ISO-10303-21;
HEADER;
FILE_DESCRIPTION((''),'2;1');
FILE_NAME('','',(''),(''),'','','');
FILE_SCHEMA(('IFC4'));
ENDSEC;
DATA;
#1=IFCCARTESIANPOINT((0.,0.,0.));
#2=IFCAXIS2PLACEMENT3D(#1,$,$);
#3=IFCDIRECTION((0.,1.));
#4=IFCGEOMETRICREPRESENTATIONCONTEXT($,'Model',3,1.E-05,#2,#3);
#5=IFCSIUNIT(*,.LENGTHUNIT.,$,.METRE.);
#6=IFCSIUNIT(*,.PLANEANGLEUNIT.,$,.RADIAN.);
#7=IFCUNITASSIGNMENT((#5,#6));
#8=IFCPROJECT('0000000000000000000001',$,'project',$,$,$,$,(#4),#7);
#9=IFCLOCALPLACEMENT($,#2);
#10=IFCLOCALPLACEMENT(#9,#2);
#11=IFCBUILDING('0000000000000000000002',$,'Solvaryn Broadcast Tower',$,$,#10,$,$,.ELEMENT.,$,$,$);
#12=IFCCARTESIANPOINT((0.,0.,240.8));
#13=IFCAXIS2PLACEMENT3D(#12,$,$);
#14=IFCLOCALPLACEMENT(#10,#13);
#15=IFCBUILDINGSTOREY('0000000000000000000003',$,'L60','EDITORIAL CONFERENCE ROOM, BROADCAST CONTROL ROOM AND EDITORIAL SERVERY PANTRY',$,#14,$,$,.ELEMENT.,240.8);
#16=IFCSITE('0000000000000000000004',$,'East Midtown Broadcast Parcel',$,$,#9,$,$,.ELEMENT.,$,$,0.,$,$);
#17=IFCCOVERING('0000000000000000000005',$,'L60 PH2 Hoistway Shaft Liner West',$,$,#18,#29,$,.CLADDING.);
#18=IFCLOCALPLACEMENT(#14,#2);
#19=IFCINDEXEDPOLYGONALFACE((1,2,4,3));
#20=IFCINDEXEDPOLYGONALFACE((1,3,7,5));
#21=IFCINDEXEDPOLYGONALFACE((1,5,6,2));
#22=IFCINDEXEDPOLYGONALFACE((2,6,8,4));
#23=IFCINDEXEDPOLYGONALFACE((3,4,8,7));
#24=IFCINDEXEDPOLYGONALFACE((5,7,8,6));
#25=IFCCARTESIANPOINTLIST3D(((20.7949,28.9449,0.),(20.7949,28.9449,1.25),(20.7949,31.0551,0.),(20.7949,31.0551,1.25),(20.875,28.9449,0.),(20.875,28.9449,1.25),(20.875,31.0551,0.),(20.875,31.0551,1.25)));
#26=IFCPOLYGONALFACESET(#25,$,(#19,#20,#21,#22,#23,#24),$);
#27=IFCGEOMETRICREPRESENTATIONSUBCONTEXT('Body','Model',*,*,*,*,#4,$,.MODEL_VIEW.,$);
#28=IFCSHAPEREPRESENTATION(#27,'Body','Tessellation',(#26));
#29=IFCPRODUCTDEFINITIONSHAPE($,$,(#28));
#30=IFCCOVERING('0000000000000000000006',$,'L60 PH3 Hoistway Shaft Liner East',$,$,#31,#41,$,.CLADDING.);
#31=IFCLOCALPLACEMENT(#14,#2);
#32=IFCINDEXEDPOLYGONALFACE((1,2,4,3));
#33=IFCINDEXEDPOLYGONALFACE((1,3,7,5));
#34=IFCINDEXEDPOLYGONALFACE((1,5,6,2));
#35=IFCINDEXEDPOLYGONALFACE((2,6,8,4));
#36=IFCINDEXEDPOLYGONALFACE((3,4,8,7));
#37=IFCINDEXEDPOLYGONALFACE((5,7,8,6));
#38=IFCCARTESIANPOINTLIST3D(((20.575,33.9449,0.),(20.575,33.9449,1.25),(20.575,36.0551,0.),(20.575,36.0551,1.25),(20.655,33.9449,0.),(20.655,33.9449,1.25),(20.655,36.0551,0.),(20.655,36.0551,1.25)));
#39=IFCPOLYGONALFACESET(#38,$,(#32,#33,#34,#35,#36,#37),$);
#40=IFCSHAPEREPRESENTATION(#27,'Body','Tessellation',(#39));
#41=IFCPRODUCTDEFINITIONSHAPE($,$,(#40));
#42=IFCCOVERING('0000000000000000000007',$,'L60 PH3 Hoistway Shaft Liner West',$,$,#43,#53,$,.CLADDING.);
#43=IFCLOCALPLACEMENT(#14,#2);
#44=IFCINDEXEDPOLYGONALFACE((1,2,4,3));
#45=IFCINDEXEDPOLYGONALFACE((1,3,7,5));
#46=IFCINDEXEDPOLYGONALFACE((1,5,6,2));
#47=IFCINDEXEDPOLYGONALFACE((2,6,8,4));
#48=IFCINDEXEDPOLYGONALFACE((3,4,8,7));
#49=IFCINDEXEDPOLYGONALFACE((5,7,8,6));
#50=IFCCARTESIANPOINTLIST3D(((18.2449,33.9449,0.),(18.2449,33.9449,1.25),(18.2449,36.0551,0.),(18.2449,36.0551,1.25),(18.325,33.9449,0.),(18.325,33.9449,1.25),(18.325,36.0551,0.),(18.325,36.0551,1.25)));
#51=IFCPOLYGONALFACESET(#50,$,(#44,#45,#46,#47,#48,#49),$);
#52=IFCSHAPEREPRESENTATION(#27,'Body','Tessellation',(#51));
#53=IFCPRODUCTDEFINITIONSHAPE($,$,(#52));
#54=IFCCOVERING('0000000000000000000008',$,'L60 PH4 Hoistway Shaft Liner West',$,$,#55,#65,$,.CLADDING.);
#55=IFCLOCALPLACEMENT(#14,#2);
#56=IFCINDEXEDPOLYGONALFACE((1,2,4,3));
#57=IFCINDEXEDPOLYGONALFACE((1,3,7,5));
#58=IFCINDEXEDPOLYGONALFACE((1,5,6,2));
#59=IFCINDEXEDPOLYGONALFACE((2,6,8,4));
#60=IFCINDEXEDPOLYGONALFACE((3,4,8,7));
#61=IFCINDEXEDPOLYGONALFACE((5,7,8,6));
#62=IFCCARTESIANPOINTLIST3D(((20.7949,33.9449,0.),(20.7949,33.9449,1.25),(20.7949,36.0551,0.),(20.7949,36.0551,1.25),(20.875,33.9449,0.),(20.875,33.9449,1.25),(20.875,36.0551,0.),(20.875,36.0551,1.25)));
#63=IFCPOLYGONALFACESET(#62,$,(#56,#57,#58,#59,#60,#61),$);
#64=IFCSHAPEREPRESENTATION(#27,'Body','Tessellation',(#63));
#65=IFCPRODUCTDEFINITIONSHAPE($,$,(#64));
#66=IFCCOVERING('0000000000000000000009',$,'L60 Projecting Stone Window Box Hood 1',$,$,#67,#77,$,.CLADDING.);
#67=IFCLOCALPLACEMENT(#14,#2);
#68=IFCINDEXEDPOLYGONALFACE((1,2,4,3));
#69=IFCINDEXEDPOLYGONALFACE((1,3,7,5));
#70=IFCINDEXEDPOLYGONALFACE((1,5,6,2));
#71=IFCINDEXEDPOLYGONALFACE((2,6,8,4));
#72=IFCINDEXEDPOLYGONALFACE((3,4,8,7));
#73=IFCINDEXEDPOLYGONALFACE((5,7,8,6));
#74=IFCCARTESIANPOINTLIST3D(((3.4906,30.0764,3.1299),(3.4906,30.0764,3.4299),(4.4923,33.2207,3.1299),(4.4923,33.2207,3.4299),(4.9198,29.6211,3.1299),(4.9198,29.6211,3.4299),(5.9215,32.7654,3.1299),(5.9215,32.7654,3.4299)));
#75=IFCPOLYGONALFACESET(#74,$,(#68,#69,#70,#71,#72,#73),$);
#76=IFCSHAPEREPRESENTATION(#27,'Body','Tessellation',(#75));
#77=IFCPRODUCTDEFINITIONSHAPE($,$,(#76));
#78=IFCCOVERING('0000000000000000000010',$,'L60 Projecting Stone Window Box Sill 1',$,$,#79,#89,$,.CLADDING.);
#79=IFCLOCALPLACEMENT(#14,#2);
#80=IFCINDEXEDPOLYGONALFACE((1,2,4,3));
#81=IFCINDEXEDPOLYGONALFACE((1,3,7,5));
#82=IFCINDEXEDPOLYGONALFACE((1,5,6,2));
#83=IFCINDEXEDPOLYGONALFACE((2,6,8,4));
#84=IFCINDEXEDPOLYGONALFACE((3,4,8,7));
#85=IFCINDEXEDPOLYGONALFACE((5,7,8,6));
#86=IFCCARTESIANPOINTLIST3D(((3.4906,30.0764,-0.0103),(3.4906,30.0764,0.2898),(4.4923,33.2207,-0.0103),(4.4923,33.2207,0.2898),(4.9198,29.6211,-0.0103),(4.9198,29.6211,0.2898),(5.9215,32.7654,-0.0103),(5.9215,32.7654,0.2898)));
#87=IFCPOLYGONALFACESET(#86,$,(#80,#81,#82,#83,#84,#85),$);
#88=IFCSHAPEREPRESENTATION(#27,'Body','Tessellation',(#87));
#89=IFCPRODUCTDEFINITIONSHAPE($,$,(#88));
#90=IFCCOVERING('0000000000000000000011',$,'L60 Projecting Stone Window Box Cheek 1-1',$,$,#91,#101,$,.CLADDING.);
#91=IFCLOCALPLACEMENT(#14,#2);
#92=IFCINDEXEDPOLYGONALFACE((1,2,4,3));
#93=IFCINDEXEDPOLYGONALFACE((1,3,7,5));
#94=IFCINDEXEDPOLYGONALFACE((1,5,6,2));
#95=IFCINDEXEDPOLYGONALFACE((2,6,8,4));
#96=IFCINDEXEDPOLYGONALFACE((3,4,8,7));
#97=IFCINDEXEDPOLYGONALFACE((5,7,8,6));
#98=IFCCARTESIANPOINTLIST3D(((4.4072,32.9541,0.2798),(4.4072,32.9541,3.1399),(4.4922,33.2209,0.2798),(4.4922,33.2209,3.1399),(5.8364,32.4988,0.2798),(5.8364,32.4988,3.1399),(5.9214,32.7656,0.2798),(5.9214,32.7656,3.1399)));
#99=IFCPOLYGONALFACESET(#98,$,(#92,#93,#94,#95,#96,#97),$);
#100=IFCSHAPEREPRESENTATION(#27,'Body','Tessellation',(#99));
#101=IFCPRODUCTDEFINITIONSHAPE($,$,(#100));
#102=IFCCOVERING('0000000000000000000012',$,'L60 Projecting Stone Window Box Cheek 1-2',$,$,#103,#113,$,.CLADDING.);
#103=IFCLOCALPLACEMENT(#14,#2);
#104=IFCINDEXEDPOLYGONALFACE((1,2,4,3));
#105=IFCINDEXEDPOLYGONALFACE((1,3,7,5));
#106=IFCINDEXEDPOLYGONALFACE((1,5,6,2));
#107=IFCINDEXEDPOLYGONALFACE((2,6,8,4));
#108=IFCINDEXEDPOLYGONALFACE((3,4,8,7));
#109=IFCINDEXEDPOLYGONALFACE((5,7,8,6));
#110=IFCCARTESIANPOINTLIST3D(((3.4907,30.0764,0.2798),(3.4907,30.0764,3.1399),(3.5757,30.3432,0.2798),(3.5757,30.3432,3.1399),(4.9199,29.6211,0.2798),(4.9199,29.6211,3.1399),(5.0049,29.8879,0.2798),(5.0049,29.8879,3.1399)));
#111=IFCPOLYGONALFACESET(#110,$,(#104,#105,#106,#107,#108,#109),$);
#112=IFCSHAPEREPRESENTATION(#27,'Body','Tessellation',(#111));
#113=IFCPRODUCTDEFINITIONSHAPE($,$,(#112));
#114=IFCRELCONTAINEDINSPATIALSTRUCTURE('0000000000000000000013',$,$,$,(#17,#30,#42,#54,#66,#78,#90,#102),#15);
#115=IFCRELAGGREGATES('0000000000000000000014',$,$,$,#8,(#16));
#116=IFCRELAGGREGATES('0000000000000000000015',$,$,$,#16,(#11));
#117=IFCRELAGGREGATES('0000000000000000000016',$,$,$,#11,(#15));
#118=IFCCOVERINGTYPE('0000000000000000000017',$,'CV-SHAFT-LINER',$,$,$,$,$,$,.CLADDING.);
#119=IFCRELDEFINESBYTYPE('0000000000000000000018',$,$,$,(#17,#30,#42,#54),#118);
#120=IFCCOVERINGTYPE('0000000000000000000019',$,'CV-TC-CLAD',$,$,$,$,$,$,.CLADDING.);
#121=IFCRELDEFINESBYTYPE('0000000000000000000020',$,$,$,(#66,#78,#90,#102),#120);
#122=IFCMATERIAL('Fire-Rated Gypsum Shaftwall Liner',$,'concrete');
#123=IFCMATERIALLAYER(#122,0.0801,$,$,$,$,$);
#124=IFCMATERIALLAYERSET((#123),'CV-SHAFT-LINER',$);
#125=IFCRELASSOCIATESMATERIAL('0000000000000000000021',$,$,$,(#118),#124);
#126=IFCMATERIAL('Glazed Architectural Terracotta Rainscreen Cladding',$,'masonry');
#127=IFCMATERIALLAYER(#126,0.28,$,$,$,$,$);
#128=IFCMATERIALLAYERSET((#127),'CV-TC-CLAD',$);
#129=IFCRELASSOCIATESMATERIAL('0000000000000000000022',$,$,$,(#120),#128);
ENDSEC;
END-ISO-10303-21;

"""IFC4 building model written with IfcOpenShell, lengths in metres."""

from ifc_helpers import new_model, si_unit, direction, frame, origin, origin_2d, place, context, subcontext, project, spatial, rectangle, extrude, material, layer, layer_set, type_object, element, save


model = new_model("IFC4")

# Units and contexts
model_context = context("Model", 3, precision=1e-05, world=origin(), true_north=direction((0.0, 1.0)))
body_context = subcontext(model_context, "Body", "Model", "MODEL_VIEW")
ifc_project = project(units=[si_unit("LENGTHUNIT", "METRE"), si_unit("PLANEANGLEUNIT", "RADIAN")], contexts=[model_context])

# Site, building, storey
site_placement = place(None, origin())
site = spatial("IfcSite", under=ifc_project, at=site_placement, Name="East Midtown Broadcast Parcel", CompositionType="ELEMENT", RefElevation=0.0)
building_placement = place(site_placement, origin())
building = spatial("IfcBuilding", under=site, at=building_placement, Name="Solvaryn Broadcast Tower", CompositionType="ELEMENT")
storey_placement = place(building_placement, frame((0.0, 0.0, 240.8)))
storey = spatial("IfcBuildingStorey", under=building, at=storey_placement, Name="L60", Description="EDITORIAL CONFERENCE ROOM, BROADCAST CONTROL ROOM AND EDITORIAL SERVERY PANTRY", CompositionType="ELEMENT", Elevation=240.8)

# Coverings
ifc_material_1 = material(Name="Fire-Rated Gypsum Shaftwall Liner", Category="concrete")
ifc_layer_1 = layer(ifc_material_1, 0.0801)
ifc_layer_set_1 = layer_set([ifc_layer_1], Name="CV-SHAFT-LINER")
covering_type_1 = type_object("IfcCoveringType", Name="CV-SHAFT-LINER", PredefinedType="CLADDING", material=ifc_layer_set_1)
for number, where, z_axis, x_axis, name in (
    (1, (20.835, 30.0, 0.0), (0.0, 0.0, 1.0), (1.0, 0.0, 0.0), "L60 PH2 Hoistway Shaft Liner West"),
    (2, (20.615, 35.0, 0.0), (0.0, 0.0, 1.0), (1.0, 0.0, 0.0), "L60 PH3 Hoistway Shaft Liner East"),
    (3, (18.2849, 35.0, 0.0), (0.0, 0.0, 1.0), (1.0, 0.0, 0.0), "L60 PH3 Hoistway Shaft Liner West"),
    (4, (20.835, 35.0, 0.0), (0.0, 0.0, 1.0), (1.0, 0.0, 0.0), "L60 PH4 Hoistway Shaft Liner West"),
):
    element("IfcCovering", number, at=place(storey_placement, frame(where, z_axis=z_axis, x_axis=x_axis)), inside=storey, type_object=covering_type_1, Name=name, PredefinedType="CLADDING", context=body_context, shape_type="SweptSolid", body=[
        extrude(rectangle(XDim=0.0801, YDim=2.1101, at=origin_2d()), origin(), (0.0, 0.0, 1.0), 1.25),
    ])
ifc_material_2 = material(Name="Glazed Architectural Terracotta Rainscreen Cladding", Category="masonry")
ifc_layer_2 = layer(ifc_material_2, 0.28)
ifc_layer_set_2 = layer_set([ifc_layer_2], Name="CV-TC-CLAD")
covering_type_2 = type_object("IfcCoveringType", Name="CV-TC-CLAD", PredefinedType="CLADDING", material=ifc_layer_set_2)
for number, where, z_axis, x_axis, name in (
    (5, (4.7061, 31.4209, 3.1299), (0.0, 0.0, 1.0), (-0.303534, -0.952821, 0.0), "L60 Projecting Stone Window Box Hood 1"),
    (6, (4.7061, 31.4209, -0.0103), (0.0, 0.0, 1.0), (-0.303534, -0.952821, 0.0), "L60 Projecting Stone Window Box Sill 1"),
):
    element("IfcCovering", number, at=place(storey_placement, frame(where, z_axis=z_axis, x_axis=x_axis)), inside=storey, type_object=covering_type_2, Name=name, PredefinedType="CLADDING", context=body_context, shape_type="SweptSolid", body=[
        extrude(rectangle(XDim=3.3, YDim=1.5, at=origin_2d()), origin(), (0.0, 0.0, 1.0), 0.3),
    ])
for number, where, z_axis, x_axis, name in (
    (7, (5.1643, 32.8599, 0.2798), (0.0, 0.0, 1.0), (-0.303534, -0.952821, 0.0), "L60 Projecting Stone Window Box Cheek 1-1"),
    (8, (4.2478, 29.9822, 0.2798), (0.0, 0.0, 1.0), (-0.303534, -0.952821, 0.0), "L60 Projecting Stone Window Box Cheek 1-2"),
):
    element("IfcCovering", number, at=place(storey_placement, frame(where, z_axis=z_axis, x_axis=x_axis)), inside=storey, type_object=covering_type_2, Name=name, PredefinedType="CLADDING", context=body_context, shape_type="SweptSolid", body=[
        extrude(rectangle(XDim=0.28, YDim=1.5, at=origin_2d()), origin(), (0.0, 0.0, 1.0), 2.8601),
    ])

save(model, "model.ifc")
